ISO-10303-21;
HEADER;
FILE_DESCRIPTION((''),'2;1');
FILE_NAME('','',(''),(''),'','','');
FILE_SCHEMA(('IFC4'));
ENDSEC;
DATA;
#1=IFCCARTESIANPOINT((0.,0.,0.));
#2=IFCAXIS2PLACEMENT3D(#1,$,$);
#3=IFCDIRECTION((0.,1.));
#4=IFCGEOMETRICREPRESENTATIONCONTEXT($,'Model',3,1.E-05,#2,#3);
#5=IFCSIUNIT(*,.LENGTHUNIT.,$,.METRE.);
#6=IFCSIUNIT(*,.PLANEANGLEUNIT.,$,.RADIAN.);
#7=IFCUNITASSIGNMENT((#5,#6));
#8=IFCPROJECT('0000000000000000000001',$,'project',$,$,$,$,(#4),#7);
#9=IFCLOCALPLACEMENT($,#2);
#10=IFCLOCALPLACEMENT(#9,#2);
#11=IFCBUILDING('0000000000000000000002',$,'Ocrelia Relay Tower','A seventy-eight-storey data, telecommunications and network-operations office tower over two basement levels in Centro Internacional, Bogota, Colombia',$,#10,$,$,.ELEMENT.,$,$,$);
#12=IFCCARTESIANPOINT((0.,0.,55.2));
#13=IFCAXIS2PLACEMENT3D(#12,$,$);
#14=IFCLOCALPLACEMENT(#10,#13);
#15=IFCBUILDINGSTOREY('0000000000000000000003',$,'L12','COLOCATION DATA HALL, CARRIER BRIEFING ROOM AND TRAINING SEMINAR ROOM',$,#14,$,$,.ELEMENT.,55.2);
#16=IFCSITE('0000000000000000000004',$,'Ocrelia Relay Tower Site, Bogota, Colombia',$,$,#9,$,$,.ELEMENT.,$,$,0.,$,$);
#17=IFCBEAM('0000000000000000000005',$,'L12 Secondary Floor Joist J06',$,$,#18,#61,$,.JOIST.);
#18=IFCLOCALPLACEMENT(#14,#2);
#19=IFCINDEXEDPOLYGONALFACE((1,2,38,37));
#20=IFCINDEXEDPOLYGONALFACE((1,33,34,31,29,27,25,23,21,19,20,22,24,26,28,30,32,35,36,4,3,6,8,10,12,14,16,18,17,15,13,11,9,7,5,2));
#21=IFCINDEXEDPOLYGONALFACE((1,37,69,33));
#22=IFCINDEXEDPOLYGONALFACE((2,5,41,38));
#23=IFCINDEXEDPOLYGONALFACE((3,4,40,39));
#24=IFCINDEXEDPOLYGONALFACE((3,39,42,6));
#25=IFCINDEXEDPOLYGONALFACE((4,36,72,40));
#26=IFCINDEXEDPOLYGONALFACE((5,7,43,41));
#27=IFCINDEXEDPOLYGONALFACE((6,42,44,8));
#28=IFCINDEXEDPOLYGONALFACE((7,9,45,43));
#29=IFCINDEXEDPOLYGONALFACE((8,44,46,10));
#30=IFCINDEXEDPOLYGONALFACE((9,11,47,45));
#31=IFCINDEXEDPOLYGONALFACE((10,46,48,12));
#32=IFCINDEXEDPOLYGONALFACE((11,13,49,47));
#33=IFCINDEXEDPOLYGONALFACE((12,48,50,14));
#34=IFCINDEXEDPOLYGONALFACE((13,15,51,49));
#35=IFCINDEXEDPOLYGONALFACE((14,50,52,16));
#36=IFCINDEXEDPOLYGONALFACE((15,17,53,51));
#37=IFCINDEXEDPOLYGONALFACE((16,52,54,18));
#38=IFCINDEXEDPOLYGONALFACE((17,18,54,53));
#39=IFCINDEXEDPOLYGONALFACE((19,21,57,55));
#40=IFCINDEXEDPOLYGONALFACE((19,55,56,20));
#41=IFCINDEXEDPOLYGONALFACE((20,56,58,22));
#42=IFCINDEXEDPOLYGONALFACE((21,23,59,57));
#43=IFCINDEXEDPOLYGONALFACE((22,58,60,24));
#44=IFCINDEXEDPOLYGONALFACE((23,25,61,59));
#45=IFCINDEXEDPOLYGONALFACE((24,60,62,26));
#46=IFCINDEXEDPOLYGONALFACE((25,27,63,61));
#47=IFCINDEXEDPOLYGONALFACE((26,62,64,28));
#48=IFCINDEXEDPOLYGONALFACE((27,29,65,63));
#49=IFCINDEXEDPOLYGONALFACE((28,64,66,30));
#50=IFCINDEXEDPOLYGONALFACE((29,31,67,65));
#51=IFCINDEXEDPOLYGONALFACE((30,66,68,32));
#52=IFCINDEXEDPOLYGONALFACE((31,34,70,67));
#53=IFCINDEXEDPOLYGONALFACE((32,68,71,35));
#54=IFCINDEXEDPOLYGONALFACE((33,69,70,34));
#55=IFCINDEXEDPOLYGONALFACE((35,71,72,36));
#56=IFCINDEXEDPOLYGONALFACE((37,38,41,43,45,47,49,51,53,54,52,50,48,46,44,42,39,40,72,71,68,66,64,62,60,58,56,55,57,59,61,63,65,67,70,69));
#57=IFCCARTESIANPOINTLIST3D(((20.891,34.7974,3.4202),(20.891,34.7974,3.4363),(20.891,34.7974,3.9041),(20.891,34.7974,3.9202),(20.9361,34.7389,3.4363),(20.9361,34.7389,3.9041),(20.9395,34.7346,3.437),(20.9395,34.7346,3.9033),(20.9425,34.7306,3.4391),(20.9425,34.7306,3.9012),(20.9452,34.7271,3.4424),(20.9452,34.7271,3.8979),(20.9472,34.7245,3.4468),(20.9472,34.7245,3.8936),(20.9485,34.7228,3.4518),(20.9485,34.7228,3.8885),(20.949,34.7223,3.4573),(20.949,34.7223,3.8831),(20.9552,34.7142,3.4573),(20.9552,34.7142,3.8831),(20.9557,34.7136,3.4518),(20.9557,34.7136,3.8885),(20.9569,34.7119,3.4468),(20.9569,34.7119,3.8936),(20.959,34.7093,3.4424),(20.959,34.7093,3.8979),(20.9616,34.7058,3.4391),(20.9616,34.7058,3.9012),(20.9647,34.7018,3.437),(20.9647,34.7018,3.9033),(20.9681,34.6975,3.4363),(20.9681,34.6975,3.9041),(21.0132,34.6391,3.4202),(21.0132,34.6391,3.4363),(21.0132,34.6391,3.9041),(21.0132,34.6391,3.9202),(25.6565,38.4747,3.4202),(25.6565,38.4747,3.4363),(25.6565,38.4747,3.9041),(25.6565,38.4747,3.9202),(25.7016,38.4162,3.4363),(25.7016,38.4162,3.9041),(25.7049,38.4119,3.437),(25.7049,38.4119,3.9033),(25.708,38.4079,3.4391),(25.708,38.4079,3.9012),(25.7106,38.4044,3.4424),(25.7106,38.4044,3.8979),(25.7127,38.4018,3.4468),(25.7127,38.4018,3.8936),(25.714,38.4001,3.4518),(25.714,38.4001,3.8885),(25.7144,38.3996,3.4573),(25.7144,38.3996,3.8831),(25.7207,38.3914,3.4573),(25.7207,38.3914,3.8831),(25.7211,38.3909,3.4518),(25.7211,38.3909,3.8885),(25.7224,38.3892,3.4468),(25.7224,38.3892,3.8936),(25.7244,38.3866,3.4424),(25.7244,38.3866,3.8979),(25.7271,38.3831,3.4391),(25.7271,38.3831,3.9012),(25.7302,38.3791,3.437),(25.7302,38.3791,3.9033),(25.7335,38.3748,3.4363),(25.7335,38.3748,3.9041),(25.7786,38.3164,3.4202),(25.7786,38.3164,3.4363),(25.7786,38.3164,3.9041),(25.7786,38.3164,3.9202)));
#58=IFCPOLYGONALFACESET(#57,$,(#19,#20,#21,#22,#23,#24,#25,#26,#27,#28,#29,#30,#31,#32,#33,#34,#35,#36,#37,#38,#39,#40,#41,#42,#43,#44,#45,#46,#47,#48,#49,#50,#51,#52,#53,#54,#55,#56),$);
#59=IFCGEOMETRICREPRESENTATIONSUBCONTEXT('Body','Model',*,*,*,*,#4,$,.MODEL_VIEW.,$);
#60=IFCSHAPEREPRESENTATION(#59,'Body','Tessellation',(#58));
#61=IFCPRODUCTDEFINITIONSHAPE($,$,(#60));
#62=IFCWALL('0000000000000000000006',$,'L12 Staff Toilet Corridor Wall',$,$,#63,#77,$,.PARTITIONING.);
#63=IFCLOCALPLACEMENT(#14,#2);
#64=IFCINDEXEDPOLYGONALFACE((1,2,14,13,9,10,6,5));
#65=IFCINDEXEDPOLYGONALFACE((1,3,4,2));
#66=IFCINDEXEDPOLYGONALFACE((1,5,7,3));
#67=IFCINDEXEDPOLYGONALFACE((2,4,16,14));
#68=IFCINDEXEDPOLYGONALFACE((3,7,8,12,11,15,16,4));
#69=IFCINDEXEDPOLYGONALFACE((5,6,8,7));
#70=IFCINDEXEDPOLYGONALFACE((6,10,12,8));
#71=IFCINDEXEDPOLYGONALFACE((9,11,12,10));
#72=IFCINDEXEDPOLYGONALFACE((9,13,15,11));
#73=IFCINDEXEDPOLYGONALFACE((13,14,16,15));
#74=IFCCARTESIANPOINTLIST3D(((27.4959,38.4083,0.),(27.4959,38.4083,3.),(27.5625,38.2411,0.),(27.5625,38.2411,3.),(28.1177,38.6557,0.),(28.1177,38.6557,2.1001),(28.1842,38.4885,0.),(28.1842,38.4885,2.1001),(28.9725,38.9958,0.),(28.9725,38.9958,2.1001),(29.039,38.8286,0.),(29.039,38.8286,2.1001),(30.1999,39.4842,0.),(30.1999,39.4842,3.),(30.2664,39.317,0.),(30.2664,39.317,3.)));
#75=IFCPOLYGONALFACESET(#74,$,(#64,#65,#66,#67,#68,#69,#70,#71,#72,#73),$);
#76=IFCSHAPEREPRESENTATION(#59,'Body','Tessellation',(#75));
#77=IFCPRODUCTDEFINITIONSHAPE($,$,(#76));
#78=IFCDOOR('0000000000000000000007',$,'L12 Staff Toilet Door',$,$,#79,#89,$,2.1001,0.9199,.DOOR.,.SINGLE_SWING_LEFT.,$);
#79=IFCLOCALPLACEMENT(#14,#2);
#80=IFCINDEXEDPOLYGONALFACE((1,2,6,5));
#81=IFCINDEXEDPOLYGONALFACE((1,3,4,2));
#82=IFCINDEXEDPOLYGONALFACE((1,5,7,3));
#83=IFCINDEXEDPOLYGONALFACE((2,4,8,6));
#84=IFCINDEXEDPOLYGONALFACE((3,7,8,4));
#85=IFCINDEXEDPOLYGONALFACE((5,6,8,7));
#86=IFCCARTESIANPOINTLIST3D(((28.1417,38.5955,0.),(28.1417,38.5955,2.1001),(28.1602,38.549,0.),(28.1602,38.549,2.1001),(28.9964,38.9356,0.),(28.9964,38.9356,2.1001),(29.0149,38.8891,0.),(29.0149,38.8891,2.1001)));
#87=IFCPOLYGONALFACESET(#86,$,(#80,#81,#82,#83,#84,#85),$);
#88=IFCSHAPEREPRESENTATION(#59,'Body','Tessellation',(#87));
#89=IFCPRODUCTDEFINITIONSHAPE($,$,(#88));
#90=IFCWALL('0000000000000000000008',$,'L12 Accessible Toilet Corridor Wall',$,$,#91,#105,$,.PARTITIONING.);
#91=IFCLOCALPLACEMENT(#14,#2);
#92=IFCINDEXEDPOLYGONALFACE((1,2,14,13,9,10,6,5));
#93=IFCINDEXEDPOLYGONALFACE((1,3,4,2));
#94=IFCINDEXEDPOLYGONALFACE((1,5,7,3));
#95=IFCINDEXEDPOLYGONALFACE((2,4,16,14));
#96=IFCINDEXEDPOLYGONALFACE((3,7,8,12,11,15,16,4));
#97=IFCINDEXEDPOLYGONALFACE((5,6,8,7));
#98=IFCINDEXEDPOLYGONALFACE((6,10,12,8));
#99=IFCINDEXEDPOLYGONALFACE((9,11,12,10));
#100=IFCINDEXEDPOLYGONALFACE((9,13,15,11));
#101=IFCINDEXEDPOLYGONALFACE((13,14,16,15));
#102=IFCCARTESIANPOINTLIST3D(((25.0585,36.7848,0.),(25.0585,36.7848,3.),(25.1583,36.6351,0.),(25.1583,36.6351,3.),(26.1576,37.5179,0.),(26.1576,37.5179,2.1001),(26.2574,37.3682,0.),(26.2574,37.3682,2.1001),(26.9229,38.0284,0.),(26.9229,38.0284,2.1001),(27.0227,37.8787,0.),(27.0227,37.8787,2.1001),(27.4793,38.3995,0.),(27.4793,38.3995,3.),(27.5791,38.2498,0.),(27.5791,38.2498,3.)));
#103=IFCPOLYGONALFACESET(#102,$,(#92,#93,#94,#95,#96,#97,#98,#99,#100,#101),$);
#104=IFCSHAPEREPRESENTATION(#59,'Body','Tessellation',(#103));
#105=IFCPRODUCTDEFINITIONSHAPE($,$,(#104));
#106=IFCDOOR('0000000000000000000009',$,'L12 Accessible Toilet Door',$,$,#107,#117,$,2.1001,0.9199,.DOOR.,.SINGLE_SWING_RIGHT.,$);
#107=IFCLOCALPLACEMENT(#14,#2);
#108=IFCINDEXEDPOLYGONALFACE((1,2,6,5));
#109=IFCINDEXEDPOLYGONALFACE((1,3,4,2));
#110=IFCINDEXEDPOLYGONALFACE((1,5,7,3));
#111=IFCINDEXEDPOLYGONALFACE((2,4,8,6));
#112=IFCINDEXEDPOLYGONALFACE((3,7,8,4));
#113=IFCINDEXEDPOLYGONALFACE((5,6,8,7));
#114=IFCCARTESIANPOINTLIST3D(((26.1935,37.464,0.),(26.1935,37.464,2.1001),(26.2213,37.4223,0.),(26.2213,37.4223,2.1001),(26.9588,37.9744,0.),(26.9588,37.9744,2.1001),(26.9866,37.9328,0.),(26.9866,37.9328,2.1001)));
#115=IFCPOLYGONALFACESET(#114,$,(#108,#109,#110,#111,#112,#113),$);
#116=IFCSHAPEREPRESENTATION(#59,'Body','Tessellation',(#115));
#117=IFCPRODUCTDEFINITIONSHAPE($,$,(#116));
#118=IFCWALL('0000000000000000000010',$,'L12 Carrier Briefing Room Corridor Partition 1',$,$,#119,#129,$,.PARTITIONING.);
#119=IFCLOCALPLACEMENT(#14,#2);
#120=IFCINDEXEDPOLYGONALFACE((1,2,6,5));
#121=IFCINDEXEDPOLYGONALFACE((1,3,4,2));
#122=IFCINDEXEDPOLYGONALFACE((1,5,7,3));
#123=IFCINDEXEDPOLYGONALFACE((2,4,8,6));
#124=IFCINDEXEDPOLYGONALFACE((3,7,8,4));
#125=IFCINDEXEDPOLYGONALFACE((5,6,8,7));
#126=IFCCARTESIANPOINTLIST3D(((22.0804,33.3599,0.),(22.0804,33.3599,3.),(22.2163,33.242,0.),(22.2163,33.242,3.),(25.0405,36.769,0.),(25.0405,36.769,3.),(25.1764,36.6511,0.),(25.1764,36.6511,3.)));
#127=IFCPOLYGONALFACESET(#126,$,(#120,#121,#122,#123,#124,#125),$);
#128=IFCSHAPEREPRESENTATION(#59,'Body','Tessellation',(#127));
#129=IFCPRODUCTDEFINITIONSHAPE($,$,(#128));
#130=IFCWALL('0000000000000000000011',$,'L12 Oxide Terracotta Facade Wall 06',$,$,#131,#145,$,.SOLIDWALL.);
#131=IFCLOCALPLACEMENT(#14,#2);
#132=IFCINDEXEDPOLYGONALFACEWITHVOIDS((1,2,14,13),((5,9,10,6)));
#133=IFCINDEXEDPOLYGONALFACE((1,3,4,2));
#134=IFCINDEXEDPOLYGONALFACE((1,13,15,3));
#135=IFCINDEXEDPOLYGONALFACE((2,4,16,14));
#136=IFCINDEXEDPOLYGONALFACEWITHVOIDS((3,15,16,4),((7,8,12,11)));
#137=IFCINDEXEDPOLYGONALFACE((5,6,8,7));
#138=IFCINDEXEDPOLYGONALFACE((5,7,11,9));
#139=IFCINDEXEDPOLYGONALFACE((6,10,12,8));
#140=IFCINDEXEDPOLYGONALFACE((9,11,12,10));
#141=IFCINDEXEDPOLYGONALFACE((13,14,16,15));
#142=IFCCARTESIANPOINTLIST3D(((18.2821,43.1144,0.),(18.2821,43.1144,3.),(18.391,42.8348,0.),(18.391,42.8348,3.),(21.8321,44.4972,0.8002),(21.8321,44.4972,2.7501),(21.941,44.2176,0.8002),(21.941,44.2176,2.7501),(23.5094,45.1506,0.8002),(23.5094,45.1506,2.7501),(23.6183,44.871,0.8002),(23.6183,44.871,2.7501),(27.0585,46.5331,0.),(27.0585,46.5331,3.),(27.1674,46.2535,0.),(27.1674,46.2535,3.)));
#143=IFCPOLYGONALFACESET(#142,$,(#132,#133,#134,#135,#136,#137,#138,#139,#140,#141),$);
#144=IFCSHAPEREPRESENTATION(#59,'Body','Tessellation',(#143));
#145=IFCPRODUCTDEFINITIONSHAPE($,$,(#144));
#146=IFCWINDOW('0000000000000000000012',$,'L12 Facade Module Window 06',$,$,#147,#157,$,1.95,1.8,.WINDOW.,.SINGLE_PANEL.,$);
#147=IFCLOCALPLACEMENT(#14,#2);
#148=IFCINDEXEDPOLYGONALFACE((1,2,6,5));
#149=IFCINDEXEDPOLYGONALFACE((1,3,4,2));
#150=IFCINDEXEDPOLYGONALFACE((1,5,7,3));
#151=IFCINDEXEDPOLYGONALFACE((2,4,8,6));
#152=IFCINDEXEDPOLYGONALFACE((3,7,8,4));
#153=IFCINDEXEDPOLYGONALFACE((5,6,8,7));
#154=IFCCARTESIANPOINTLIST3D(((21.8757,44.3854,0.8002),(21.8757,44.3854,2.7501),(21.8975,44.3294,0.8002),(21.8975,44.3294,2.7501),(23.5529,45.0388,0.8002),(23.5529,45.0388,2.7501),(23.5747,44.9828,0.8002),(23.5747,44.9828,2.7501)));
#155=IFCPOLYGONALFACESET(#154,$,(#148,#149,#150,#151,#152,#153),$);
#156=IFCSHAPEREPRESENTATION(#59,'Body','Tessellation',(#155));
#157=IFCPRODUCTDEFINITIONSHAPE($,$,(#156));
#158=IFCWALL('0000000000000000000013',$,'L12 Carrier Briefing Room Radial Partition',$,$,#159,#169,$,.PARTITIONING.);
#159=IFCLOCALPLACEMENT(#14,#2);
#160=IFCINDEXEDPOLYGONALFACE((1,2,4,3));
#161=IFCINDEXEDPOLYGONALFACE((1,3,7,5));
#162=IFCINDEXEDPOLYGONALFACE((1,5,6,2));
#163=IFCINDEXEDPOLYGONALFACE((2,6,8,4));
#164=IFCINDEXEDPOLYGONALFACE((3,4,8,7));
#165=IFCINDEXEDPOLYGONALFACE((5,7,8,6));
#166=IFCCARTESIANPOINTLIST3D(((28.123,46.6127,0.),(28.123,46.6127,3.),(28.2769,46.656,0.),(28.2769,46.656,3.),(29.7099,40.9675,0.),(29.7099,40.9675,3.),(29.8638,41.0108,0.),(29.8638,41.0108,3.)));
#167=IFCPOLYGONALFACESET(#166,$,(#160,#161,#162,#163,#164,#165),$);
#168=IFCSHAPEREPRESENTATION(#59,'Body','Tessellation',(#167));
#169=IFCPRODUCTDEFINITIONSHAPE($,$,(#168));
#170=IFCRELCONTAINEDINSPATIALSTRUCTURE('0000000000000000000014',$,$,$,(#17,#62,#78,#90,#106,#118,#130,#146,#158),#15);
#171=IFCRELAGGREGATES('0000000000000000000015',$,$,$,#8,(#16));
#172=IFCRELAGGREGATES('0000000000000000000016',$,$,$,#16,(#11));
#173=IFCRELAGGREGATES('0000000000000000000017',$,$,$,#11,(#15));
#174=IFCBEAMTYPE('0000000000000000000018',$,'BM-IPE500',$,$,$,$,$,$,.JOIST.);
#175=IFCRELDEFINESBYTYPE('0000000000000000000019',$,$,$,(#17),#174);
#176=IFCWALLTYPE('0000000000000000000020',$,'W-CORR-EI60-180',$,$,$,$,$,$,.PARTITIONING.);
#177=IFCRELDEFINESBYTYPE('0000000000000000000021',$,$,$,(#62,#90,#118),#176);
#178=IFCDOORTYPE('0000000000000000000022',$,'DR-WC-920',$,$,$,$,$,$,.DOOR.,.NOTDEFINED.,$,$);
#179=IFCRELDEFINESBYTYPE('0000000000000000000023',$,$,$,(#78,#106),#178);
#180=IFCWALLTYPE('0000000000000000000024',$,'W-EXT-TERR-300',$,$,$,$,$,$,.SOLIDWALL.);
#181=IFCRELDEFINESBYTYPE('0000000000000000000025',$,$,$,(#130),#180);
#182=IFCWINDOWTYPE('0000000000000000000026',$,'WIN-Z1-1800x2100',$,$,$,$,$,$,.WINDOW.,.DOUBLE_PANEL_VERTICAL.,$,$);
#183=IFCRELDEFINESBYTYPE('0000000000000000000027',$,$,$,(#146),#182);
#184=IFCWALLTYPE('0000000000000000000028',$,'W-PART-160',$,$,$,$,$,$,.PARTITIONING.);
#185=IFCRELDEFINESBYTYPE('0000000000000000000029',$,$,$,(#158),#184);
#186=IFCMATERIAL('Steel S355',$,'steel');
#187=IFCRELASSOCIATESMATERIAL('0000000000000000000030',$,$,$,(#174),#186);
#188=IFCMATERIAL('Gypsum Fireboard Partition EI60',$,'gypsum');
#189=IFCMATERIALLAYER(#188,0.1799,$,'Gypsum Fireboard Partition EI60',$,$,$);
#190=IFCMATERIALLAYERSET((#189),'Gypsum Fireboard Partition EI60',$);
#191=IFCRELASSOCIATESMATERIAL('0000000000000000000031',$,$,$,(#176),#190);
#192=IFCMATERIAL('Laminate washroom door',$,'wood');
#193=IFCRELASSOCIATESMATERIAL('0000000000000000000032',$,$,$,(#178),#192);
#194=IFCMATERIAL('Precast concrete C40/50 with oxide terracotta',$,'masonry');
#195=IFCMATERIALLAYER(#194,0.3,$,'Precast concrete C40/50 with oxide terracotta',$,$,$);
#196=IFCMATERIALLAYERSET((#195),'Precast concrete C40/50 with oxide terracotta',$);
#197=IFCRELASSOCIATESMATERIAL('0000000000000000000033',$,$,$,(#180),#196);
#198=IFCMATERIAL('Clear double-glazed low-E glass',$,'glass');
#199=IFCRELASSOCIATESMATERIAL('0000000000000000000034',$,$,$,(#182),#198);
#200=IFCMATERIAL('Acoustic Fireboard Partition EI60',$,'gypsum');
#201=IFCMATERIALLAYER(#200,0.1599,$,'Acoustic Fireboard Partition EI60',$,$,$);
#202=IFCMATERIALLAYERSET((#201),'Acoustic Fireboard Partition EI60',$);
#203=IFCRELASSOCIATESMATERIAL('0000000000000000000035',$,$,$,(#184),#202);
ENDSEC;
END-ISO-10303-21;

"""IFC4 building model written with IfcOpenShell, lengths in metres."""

from ifc_helpers import new_model, si_unit, direction, frame, frame_2d, origin, origin_2d, place, context, subcontext, project, spatial, rectangle, i_section, extrude, material, layer, layer_set, material_profile, profile_set, type_object, element, fill, save


model = new_model("IFC4")

# Units and contexts
model_context = context("Model", 3, precision=1e-05, world=origin(), true_north=direction((0.0, 1.0)))
body_context = subcontext(model_context, "Body", "Model", "MODEL_VIEW")
ifc_project = project(units=[si_unit("LENGTHUNIT", "METRE"), si_unit("PLANEANGLEUNIT", "RADIAN")], contexts=[model_context])

# Site, building, storey
site_placement = place(None, origin())
site = spatial("IfcSite", under=ifc_project, at=site_placement, Name="Ocrelia Relay Tower Site, Bogota, Colombia", CompositionType="ELEMENT", RefElevation=0.0)
building_placement = place(site_placement, origin())
building = spatial("IfcBuilding", under=site, at=building_placement, Name="Ocrelia Relay Tower", Description="A seventy-eight-storey data, telecommunications and network-operations office tower over two basement levels in Centro Internacional, Bogota, Colombia", CompositionType="ELEMENT")
storey_placement = place(building_placement, frame((0.0, 0.0, 55.2)))
storey = spatial("IfcBuildingStorey", under=building, at=storey_placement, Name="L12", Description="COLOCATION DATA HALL, CARRIER BRIEFING ROOM AND TRAINING SEMINAR ROOM", CompositionType="ELEMENT", Elevation=55.2)

# Beam
ifc_material_1 = material(Name="Steel S355", Category="steel")
ifc_material_profile_1 = material_profile(ifc_material_1, i_section(OverallWidth=0.2, OverallDepth=0.5, WebThickness=0.0103, FlangeThickness=0.0161, FilletRadius=0.021, at=origin_2d()), Name="IPE 500")
ifc_profile_set_1 = profile_set([ifc_material_profile_1], Name="Steel S355")
beam_type_1 = type_object("IfcBeamType", Name="BM-IPE500", PredefinedType="JOIST", material=ifc_profile_set_1)
beam_1_placement = place(storey_placement, frame((25.7175, 38.3955, 3.6702), z_axis=(-0.791694, -0.610918, 0.0), x_axis=(0.610918, -0.791694, 0.0)))
element("IfcBeam", 1, at=beam_1_placement, inside=storey, type_object=beam_type_1, Name="L12 Secondary Floor Joist J06", PredefinedType="JOIST", context=body_context, shape_type="SweptSolid", body=[
    extrude(i_section(OverallWidth=0.2, OverallDepth=0.5, WebThickness=0.0103, FlangeThickness=0.0161, FilletRadius=0.021, at=origin_2d()), origin(), (0.0, 0.0, 1.0), 6.0193),
])

# Walls, openings, doors
ifc_material_2 = material(Name="Gypsum Fireboard Partition EI60", Category="gypsum")
ifc_layer_1 = layer(ifc_material_2, 0.1799, Name="Gypsum Fireboard Partition EI60")
ifc_layer_set_1 = layer_set([ifc_layer_1], Name="Gypsum Fireboard Partition EI60")
wall_type_1 = type_object("IfcWallType", Name="W-CORR-EI60-180", PredefinedType="PARTITIONING", material=ifc_layer_set_1)
wall_1_placement = place(storey_placement, frame((30.2332, 39.4006, 0.0), z_axis=(0.0, 0.0, 1.0), x_axis=(-0.929141, -0.369727, 0.0)))
wall_1 = element("IfcWall", 2, at=wall_1_placement, inside=storey, type_object=wall_type_1, Name="L12 Staff Toilet Corridor Wall", PredefinedType="PARTITIONING", context=body_context, shape_type="SweptSolid", body=[
    extrude(rectangle(XDim=2.9102, YDim=0.1799, at=frame_2d((1.4551, 0.0))), origin(), (0.0, 0.0, 1.0), 3.0),
])
opening_1_placement = place(wall_1_placement, frame((1.321, 0.0, 0.0)))
opening_1 = element("IfcOpeningElement", 3, at=opening_1_placement, cuts=wall_1, PredefinedType="OPENING", context=body_context, shape_type="SweptSolid", body=[
    extrude(rectangle(XDim=0.9199, YDim=2.1001, at=frame_2d((0.46, 1.05))), frame((0.0, 0.1001, 0.0), z_axis=(0.0, -1.0, 0.0), x_axis=(1.0, 0.0, 0.0)), (0.0, 0.0, 1.0), 0.2),
])
ifc_material_3 = material(Name="Laminate washroom door", Category="wood")
door_type = type_object("IfcDoorType", Name="DR-WC-920", OperationType="NOTDEFINED", PredefinedType="DOOR", material=ifc_material_3)
door_1_placement = place(opening_1_placement, origin())
door_1 = element("IfcDoor", 4, at=door_1_placement, inside=storey, type_object=door_type, Name="L12 Staff Toilet Door", OperationType="SINGLE_SWING_LEFT", OverallHeight=2.1001, OverallWidth=0.9199, PredefinedType="DOOR", context=body_context, shape_type="SweptSolid", body=[
    extrude(rectangle(XDim=0.9199, YDim=2.1001, at=frame_2d((0.46, 1.05))), frame((0.0, 0.0249, 0.0), z_axis=(0.0, -1.0, 0.0), x_axis=(1.0, 0.0, 0.0)), (0.0, 0.0, 1.0), 0.05),
])
fill(opening_1, door_1)
wall_2_placement = place(storey_placement, frame((27.5293, 38.3247, 0.0), z_axis=(0.0, 0.0, 1.0), x_axis=(-0.831921, -0.554894, 0.0)))
wall_2 = element("IfcWall", 5, at=wall_2_placement, inside=storey, type_object=wall_type_1, Name="L12 Accessible Toilet Corridor Wall", PredefinedType="PARTITIONING", context=body_context, shape_type="SweptSolid", body=[
    extrude(rectangle(XDim=2.9099, YDim=0.1799, at=frame_2d((1.4551, 0.0))), origin(), (0.0, 0.0, 1.0), 3.0),
])
opening_2_placement = place(wall_2_placement, frame((0.6689, 0.0, 0.0)))
opening_2 = element("IfcOpeningElement", 6, at=opening_2_placement, cuts=wall_2, PredefinedType="OPENING", context=body_context, shape_type="SweptSolid", body=[
    extrude(rectangle(XDim=0.9199, YDim=2.1001, at=frame_2d((0.46, 1.05))), frame((0.0, 0.1001, 0.0), z_axis=(0.0, -1.0, 0.0), x_axis=(1.0, 0.0, 0.0)), (0.0, 0.0, 1.0), 0.2),
])
door_2_placement = place(opening_2_placement, origin())
door_2 = element("IfcDoor", 7, at=door_2_placement, inside=storey, type_object=door_type, Name="L12 Accessible Toilet Door", OperationType="SINGLE_SWING_RIGHT", OverallHeight=2.1001, OverallWidth=0.9199, PredefinedType="DOOR", context=body_context, shape_type="SweptSolid", body=[
    extrude(rectangle(XDim=0.9199, YDim=2.1001, at=frame_2d((0.46, 1.05))), frame((0.0, 0.0249, 0.0), z_axis=(0.0, -1.0, 0.0), x_axis=(1.0, 0.0, 0.0)), (0.0, 0.0, 1.0), 0.05),
])
fill(opening_2, door_2)

# Wall
wall_3_placement = place(storey_placement, frame((25.1084, 36.71, 0.0), z_axis=(0.0, 0.0, 1.0), x_axis=(-0.655636, -0.755077, 0.0)))
element("IfcWall", 8, at=wall_3_placement, inside=storey, type_object=wall_type_1, Name="L12 Carrier Briefing Room Corridor Partition 1", PredefinedType="PARTITIONING", context=body_context, shape_type="SweptSolid", body=[
    extrude(rectangle(XDim=4.5149, YDim=0.1799, at=frame_2d((2.2573, 0.0))), origin(), (0.0, 0.0, 1.0), 3.0),
])

# Wall, opening, window
ifc_material_4 = material(Name="Precast concrete C40/50 with oxide terracotta", Category="masonry")
ifc_layer_2 = layer(ifc_material_4, 0.3, Name="Precast concrete C40/50 with oxide terracotta")
ifc_layer_set_2 = layer_set([ifc_layer_2], Name="Precast concrete C40/50 with oxide terracotta")
wall_type_2 = type_object("IfcWallType", Name="W-EXT-TERR-300", PredefinedType="SOLIDWALL", material=ifc_layer_set_2)
wall_4_placement = place(storey_placement, frame((27.113, 46.3933, 0.0), z_axis=(0.0, 0.0, 1.0), x_axis=(-0.931801, -0.362969, 0.0)))
wall_4 = element("IfcWall", 9, at=wall_4_placement, inside=storey, type_object=wall_type_2, Name="L12 Oxide Terracotta Facade Wall 06", PredefinedType="SOLIDWALL", context=body_context, shape_type="SweptSolid", body=[
    extrude(rectangle(XDim=9.4187, YDim=0.3, at=frame_2d((4.7095, 0.0))), origin(), (0.0, 0.0, 1.0), 3.0),
])
opening_3_placement = place(wall_4_placement, frame((3.8091, 0.0, 0.8)))
opening_3 = element("IfcOpeningElement", 10, at=opening_3_placement, cuts=wall_4, PredefinedType="OPENING", context=body_context, shape_type="SweptSolid", body=[
    extrude(rectangle(XDim=1.8, YDim=1.95, at=frame_2d((0.8999, 0.9751))), frame((0.0, 0.1602, 0.0), z_axis=(0.0, -1.0, 0.0), x_axis=(1.0, 0.0, 0.0)), (0.0, 0.0, 1.0), 0.3201),
])
ifc_material_5 = material(Name="Clear double-glazed low-E glass", Category="glass")
window_type = type_object("IfcWindowType", Name="WIN-Z1-1800x2100", PartitioningType="DOUBLE_PANEL_VERTICAL", PredefinedType="WINDOW", material=ifc_material_5)
window_placement = place(opening_3_placement, origin())
window = element("IfcWindow", 11, at=window_placement, inside=storey, type_object=window_type, Name="L12 Facade Module Window 06", OverallHeight=1.95, OverallWidth=1.8, PartitioningType="SINGLE_PANEL", PredefinedType="WINDOW", context=body_context, shape_type="SweptSolid", body=[
    extrude(rectangle(XDim=1.8, YDim=1.95, at=frame_2d((0.8999, 0.9751))), frame((0.0, 0.03, 0.0), z_axis=(0.0, -1.0, 0.0), x_axis=(1.0, 0.0, 0.0)), (0.0, 0.0, 1.0), 0.0601),
])
fill(opening_3, window)

# Wall
ifc_material_6 = material(Name="Acoustic Fireboard Partition EI60", Category="gypsum")
ifc_layer_3 = layer(ifc_material_6, 0.1599, Name="Acoustic Fireboard Partition EI60")
ifc_layer_set_3 = layer_set([ifc_layer_3], Name="Acoustic Fireboard Partition EI60")
wall_type_3 = type_object("IfcWallType", Name="W-PART-160", PredefinedType="PARTITIONING", material=ifc_layer_set_3)
wall_5_placement = place(storey_placement, frame((29.7869, 40.989, 0.0), z_axis=(0.0, 0.0, 1.0), x_axis=(-0.270617, 0.962687, 0.0)))
element("IfcWall", 12, at=wall_5_placement, inside=storey, type_object=wall_type_3, Name="L12 Carrier Briefing Room Radial Partition", PredefinedType="PARTITIONING", context=body_context, shape_type="SweptSolid", body=[
    extrude(rectangle(XDim=5.864, YDim=0.1599, at=frame_2d((2.9321, 0.0))), origin(), (0.0, 0.0, 1.0), 3.0),
])

save(model, "model.ifc")
